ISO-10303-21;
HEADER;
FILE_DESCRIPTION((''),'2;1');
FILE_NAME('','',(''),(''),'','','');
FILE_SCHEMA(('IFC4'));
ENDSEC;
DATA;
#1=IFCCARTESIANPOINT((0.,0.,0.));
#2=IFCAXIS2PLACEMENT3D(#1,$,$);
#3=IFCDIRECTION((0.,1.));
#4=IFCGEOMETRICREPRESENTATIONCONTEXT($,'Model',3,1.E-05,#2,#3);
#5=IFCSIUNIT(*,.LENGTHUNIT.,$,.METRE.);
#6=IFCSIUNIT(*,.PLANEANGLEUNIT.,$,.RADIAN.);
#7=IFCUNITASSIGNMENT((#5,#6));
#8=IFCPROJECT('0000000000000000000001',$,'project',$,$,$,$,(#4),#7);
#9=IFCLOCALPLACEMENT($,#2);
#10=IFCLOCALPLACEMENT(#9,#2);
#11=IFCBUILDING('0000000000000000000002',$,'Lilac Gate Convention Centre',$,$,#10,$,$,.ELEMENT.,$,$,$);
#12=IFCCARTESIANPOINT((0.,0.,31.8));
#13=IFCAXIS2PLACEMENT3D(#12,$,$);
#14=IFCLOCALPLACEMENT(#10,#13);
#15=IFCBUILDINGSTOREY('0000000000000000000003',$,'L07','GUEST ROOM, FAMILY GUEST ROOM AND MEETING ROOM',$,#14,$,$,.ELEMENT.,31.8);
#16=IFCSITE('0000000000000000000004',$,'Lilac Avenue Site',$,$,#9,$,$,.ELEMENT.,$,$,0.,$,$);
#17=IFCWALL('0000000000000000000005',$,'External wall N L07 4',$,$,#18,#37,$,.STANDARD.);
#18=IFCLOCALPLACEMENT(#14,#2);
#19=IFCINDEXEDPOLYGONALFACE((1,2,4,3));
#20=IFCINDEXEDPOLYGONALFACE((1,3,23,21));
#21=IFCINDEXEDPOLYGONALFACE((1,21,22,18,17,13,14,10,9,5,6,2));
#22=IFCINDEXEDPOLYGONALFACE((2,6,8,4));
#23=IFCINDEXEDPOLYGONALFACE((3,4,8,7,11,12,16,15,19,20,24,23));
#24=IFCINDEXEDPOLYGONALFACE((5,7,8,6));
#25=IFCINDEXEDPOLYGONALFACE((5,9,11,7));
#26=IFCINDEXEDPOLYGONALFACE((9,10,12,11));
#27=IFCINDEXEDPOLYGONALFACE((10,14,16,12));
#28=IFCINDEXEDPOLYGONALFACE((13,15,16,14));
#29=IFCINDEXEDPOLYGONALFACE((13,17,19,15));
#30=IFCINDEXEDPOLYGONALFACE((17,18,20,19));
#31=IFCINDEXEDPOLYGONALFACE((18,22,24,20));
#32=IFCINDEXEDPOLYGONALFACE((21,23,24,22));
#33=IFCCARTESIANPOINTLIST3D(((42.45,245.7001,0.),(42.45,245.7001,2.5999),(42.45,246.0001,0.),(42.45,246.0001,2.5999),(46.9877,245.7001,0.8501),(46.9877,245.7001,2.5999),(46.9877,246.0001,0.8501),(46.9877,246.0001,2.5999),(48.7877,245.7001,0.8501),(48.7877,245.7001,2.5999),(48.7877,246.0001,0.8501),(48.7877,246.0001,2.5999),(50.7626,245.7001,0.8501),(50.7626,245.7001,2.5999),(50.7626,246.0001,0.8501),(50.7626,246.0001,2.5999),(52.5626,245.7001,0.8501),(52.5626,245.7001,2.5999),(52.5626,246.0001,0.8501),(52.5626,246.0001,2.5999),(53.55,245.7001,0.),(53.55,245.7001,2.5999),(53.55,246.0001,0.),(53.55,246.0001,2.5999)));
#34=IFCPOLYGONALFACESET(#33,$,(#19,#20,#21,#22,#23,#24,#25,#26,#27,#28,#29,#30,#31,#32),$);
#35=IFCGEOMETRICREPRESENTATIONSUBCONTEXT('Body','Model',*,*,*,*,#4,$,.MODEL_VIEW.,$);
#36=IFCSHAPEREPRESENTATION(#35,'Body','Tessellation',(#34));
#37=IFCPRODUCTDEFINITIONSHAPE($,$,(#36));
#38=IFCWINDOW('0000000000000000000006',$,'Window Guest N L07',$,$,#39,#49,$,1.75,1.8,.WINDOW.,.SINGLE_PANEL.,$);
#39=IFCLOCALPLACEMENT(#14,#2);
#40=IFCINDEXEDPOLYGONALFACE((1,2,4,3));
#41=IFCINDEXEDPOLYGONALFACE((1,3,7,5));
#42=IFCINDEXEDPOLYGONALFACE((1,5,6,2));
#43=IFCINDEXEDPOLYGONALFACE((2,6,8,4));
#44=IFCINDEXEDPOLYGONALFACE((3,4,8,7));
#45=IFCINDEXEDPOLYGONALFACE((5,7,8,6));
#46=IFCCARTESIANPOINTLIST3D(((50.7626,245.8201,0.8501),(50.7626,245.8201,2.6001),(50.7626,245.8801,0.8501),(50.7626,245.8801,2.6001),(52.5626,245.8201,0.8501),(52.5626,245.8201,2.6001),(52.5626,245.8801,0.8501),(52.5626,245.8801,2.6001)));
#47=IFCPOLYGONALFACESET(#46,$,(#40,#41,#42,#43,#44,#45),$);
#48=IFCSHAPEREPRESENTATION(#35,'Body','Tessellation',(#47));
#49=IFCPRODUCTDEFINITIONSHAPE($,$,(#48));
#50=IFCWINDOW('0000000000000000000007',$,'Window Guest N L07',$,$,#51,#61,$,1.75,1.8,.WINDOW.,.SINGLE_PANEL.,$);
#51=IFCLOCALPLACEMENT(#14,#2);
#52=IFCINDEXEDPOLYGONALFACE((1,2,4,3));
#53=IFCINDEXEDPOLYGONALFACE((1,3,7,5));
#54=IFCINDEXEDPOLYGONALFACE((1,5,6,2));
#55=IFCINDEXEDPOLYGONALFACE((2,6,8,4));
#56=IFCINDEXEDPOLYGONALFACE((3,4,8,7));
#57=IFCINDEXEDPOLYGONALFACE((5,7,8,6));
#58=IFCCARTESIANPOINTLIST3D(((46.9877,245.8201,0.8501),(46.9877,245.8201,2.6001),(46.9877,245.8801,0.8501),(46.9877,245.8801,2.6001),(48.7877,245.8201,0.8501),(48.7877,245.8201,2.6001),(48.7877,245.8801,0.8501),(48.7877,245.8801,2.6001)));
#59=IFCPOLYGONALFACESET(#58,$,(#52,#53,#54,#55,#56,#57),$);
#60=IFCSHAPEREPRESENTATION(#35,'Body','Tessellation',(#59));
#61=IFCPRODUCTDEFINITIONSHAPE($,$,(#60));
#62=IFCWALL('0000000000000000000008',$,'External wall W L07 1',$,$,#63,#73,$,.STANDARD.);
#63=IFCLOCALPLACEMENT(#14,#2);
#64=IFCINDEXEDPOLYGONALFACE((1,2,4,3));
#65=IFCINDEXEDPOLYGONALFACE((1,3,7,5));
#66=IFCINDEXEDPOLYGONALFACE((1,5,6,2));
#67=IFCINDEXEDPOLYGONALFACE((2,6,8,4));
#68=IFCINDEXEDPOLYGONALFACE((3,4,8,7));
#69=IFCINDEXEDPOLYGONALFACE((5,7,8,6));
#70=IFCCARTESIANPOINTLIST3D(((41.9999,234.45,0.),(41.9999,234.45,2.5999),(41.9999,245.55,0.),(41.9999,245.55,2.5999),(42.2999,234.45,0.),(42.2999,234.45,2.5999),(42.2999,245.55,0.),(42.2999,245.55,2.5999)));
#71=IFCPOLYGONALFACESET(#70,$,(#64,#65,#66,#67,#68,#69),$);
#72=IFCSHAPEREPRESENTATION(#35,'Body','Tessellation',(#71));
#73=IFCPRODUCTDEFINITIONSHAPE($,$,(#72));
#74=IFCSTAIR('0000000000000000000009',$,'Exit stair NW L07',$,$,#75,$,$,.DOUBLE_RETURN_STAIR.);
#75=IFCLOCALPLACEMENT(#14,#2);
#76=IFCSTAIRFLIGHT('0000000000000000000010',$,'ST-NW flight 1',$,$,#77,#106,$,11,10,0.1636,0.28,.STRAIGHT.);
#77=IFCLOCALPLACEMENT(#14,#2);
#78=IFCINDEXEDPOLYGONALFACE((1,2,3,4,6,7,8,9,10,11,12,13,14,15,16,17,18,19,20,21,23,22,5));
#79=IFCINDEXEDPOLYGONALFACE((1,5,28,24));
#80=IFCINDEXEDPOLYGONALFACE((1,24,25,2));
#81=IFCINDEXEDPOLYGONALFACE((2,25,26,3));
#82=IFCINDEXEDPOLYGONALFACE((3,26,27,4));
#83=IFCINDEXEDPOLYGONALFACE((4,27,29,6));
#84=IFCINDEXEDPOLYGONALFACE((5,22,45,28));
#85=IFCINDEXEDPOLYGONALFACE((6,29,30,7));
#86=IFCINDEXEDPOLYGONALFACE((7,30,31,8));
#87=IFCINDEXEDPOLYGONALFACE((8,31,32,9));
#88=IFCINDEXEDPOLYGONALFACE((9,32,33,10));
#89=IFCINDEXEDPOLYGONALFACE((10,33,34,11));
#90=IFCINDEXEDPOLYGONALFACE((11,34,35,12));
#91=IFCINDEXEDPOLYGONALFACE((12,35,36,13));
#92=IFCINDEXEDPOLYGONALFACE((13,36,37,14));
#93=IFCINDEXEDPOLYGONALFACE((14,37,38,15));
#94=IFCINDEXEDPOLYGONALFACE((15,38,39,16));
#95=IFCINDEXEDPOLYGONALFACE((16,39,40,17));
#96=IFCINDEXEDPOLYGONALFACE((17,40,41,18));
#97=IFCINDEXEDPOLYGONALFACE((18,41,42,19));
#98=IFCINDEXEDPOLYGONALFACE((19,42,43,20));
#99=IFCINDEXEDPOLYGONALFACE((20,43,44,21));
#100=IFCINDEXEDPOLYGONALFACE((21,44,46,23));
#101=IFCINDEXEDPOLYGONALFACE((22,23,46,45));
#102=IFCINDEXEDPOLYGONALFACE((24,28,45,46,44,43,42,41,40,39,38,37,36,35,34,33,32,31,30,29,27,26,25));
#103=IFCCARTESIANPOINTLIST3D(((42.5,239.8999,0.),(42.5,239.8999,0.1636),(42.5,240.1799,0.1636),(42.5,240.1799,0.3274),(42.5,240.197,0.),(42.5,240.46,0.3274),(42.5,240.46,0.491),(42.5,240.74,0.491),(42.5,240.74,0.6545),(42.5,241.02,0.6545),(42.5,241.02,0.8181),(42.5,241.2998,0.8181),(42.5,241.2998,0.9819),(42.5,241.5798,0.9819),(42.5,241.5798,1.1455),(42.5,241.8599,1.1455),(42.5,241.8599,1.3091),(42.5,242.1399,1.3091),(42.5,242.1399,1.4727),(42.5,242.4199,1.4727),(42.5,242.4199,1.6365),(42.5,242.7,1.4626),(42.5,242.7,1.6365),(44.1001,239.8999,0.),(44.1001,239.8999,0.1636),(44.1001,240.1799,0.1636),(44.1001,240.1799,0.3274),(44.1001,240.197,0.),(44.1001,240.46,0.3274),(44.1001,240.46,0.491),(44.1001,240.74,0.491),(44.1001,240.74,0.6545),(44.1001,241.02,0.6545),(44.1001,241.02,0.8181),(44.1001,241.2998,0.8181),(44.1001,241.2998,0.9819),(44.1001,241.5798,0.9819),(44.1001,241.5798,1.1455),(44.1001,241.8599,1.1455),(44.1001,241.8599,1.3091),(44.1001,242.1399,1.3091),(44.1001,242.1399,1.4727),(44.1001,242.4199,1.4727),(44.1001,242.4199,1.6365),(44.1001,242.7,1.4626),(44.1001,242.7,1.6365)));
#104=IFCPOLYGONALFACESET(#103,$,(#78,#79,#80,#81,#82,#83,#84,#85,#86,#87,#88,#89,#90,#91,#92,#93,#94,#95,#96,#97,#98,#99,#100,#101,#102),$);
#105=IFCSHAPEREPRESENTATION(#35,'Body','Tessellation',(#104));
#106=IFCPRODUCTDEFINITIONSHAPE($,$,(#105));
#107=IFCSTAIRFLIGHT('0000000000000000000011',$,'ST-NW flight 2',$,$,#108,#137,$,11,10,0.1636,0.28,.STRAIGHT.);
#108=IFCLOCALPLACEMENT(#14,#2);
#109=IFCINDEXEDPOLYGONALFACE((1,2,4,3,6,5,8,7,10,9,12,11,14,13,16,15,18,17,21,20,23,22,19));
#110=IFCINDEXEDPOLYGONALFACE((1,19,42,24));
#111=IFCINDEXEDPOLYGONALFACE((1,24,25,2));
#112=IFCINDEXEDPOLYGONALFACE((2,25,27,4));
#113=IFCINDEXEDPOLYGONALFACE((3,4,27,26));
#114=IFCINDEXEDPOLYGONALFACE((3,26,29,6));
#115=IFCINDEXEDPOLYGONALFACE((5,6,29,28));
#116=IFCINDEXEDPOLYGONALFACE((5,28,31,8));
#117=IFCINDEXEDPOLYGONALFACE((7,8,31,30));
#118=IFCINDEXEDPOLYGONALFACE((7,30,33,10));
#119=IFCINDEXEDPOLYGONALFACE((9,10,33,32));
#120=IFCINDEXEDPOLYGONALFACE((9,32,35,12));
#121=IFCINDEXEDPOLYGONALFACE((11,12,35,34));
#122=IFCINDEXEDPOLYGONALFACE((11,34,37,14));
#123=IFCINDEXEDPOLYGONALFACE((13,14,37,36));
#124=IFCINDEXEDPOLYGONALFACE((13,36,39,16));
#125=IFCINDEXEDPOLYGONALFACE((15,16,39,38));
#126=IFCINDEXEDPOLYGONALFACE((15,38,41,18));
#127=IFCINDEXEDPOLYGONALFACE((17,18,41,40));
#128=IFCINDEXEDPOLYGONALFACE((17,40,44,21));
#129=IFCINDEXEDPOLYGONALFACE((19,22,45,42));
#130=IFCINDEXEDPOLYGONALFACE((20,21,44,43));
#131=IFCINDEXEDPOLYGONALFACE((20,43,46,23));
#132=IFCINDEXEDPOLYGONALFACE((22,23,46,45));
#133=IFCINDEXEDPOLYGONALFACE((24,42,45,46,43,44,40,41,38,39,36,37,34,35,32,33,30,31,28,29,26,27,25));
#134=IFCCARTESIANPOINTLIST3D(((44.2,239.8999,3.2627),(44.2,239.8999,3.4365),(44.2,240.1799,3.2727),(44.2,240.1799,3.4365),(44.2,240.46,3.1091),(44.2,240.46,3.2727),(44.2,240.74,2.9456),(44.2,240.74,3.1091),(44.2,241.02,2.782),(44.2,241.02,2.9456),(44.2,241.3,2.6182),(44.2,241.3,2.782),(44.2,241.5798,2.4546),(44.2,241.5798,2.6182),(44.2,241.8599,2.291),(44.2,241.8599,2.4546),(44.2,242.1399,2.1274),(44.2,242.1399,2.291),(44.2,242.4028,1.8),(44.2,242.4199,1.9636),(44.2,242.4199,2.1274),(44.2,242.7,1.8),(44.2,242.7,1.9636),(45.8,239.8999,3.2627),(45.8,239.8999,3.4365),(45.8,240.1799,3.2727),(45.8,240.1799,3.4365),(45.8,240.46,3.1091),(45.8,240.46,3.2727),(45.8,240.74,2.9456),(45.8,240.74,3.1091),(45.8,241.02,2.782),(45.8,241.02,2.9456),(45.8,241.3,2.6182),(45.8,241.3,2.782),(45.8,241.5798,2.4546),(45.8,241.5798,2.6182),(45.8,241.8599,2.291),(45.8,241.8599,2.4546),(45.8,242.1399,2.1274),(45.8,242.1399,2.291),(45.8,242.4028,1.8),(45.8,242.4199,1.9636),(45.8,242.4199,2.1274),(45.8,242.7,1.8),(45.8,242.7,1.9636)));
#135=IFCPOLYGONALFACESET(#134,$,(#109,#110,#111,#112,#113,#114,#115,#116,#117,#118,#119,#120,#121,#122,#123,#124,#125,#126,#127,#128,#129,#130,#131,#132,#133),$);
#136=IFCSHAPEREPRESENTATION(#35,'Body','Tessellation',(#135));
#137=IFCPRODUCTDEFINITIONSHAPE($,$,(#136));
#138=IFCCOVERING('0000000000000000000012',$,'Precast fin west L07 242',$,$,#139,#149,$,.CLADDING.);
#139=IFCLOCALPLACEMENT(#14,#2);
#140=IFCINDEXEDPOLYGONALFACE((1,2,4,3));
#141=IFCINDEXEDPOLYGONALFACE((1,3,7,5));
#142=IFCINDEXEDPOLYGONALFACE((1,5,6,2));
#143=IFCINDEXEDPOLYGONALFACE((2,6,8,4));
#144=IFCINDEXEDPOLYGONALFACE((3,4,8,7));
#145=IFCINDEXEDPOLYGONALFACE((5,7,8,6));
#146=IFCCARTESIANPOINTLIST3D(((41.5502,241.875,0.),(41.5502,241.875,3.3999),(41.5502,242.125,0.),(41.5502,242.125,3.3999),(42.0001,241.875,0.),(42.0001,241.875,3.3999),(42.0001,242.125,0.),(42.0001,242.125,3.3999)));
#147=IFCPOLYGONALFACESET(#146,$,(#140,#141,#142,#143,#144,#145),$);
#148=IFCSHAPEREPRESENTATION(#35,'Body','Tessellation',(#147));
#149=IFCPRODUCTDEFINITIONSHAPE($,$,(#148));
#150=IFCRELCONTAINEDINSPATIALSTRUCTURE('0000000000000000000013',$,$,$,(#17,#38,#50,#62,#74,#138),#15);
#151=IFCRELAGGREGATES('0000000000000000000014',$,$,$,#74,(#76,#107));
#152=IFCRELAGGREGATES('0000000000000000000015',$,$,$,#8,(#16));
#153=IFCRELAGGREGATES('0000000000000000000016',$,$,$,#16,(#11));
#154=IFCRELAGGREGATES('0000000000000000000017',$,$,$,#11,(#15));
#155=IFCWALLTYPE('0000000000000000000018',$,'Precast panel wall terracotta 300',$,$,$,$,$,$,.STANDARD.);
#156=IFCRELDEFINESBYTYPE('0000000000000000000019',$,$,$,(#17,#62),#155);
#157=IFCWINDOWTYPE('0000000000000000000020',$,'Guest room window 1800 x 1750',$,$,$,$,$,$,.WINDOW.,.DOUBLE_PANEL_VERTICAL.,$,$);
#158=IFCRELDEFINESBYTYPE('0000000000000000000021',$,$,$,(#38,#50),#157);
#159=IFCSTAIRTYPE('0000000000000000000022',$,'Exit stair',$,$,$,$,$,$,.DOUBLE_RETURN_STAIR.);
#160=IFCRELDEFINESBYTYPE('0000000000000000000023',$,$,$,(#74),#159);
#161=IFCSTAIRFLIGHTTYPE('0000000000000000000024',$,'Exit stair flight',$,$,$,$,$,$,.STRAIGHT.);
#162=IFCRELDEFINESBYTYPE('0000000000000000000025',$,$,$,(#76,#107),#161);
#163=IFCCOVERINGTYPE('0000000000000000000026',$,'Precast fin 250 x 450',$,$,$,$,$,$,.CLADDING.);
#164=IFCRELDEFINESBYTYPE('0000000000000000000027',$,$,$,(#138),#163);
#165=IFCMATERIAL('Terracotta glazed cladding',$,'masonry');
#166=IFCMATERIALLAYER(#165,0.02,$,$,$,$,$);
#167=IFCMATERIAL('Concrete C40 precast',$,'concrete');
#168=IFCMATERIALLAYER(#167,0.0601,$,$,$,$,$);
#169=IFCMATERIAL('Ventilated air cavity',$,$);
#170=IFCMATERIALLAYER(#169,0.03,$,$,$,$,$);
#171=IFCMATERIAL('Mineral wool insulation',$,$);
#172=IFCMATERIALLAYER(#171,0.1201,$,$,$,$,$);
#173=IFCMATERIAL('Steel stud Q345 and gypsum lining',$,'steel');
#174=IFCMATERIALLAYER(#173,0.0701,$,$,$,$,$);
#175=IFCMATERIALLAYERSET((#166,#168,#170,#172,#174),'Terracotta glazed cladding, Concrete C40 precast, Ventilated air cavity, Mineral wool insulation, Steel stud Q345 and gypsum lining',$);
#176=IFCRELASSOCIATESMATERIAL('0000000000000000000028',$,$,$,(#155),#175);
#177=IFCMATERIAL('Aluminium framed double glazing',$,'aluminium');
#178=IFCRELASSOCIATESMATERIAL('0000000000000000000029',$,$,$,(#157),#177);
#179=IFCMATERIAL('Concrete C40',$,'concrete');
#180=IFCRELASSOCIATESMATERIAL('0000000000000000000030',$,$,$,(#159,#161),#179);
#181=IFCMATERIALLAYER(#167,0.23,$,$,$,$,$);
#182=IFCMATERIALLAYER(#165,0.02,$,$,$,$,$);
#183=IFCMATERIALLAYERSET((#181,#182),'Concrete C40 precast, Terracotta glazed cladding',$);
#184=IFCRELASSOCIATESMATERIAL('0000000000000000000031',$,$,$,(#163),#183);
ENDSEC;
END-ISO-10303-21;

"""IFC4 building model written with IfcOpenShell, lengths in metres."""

from ifc_helpers import new_model, si_unit, direction, frame, frame_2d, origin, place, context, subcontext, project, spatial, polyline, rectangle, outline, extrude, material, layer, layer_set, type_object, element, fill, aggregate, save


model = new_model("IFC4")

# Units and contexts
model_context = context("Model", 3, precision=1e-05, world=origin(), true_north=direction((0.0, 1.0)))
body_context = subcontext(model_context, "Body", "Model", "MODEL_VIEW")
ifc_project = project(units=[si_unit("LENGTHUNIT", "METRE"), si_unit("PLANEANGLEUNIT", "RADIAN")], contexts=[model_context])

# Site, building, storey
site_placement = place(None, origin())
site = spatial("IfcSite", under=ifc_project, at=site_placement, Name="Lilac Avenue Site", CompositionType="ELEMENT", RefElevation=0.0)
building_placement = place(site_placement, origin())
building = spatial("IfcBuilding", under=site, at=building_placement, Name="Lilac Gate Convention Centre", CompositionType="ELEMENT")
storey_placement = place(building_placement, frame((0.0, 0.0, 31.8)))
storey = spatial("IfcBuildingStorey", under=building, at=storey_placement, Name="L07", Description="GUEST ROOM, FAMILY GUEST ROOM AND MEETING ROOM", CompositionType="ELEMENT", Elevation=31.8)

# Shared definitions
ifc_material_1 = material(Name="Concrete C40", Category="concrete")

# Shared definitions
ifc_material_2 = material(Name="Concrete C40 precast", Category="concrete")
ifc_material_3 = material(Name="Terracotta glazed cladding", Category="masonry")

# Wall, openings, windows
ifc_layer_1 = layer(ifc_material_3, 0.02)
ifc_layer_2 = layer(ifc_material_2, 0.0601)
ifc_material_4 = material(Name="Ventilated air cavity")
ifc_layer_3 = layer(ifc_material_4, 0.03)
ifc_material_5 = material(Name="Mineral wool insulation")
ifc_layer_4 = layer(ifc_material_5, 0.1201)
ifc_material_6 = material(Name="Steel stud Q345 and gypsum lining", Category="steel")
ifc_layer_5 = layer(ifc_material_6, 0.0701)
ifc_layer_set_1 = layer_set([ifc_layer_1, ifc_layer_2, ifc_layer_3, ifc_layer_4, ifc_layer_5], Name="Terracotta glazed cladding, Concrete C40 precast, Ventilated air cavity, Mineral wool insulation, Steel stud Q345 and gypsum lining")
wall_type_1 = type_object("IfcWallType", Name="Precast panel wall terracotta 300", PredefinedType="STANDARD", material=ifc_layer_set_1)
wall_1_placement = place(storey_placement, frame((53.55, 245.8501, 0.0), z_axis=(0.0, 0.0, 1.0), x_axis=(-1.0, 0.0, 0.0)))
wall_1 = element("IfcWall", 1, at=wall_1_placement, inside=storey, type_object=wall_type_1, Name="External wall N L07 4", PredefinedType="STANDARD", context=body_context, shape_type="SweptSolid", body=[
    extrude(rectangle(XDim=11.1001, YDim=0.3, at=frame_2d((5.55, 0.0))), origin(), (0.0, 0.0, 1.0), 2.5999),
])
opening_1_placement = place(wall_1_placement, frame((0.9875, 0.0, 0.8501)))
opening_1 = element("IfcOpeningElement", 2, at=opening_1_placement, cuts=wall_1, PredefinedType="OPENING", context=body_context, shape_type="SweptSolid", body=[
    extrude(rectangle(XDim=1.8, YDim=1.75, at=frame_2d((0.8999, 0.875))), frame((0.0, 0.1599, 0.0), z_axis=(0.0, -1.0, 0.0), x_axis=(1.0, 0.0, 0.0)), (0.0, 0.0, 1.0), 0.3201),
])
opening_2_placement = place(wall_1_placement, frame((4.7625, 0.0, 0.8501)))
opening_2 = element("IfcOpeningElement", 3, at=opening_2_placement, cuts=wall_1, PredefinedType="OPENING", context=body_context, shape_type="SweptSolid", body=[
    extrude(rectangle(XDim=1.8, YDim=1.75, at=frame_2d((0.8999, 0.875))), frame((0.0, 0.1599, 0.0), z_axis=(0.0, -1.0, 0.0), x_axis=(1.0, 0.0, 0.0)), (0.0, 0.0, 1.0), 0.3201),
])
ifc_material_7 = material(Name="Aluminium framed double glazing", Category="aluminium")
window_type = type_object("IfcWindowType", Name="Guest room window 1800 x 1750", PartitioningType="DOUBLE_PANEL_VERTICAL", PredefinedType="WINDOW", material=ifc_material_7)
window_1_placement = place(opening_1_placement, origin())
window_1 = element("IfcWindow", 4, at=window_1_placement, inside=storey, type_object=window_type, Name="Window Guest N L07", OverallHeight=1.75, OverallWidth=1.8, PartitioningType="SINGLE_PANEL", PredefinedType="WINDOW", context=body_context, shape_type="SweptSolid", body=[
    extrude(rectangle(XDim=1.8, YDim=1.75, at=frame_2d((0.8999, 0.875))), frame((0.0, 0.03, 0.0), z_axis=(0.0, -1.0, 0.0), x_axis=(1.0, 0.0, 0.0)), (0.0, 0.0, 1.0), 0.0601),
])
fill(opening_1, window_1)
window_2_placement = place(opening_2_placement, origin())
window_2 = element("IfcWindow", 5, at=window_2_placement, inside=storey, type_object=window_type, Name="Window Guest N L07", OverallHeight=1.75, OverallWidth=1.8, PartitioningType="SINGLE_PANEL", PredefinedType="WINDOW", context=body_context, shape_type="SweptSolid", body=[
    extrude(rectangle(XDim=1.8, YDim=1.75, at=frame_2d((0.8999, 0.875))), frame((0.0, 0.03, 0.0), z_axis=(0.0, -1.0, 0.0), x_axis=(1.0, 0.0, 0.0)), (0.0, 0.0, 1.0), 0.0601),
])
fill(opening_2, window_2)

# Wall
wall_2_placement = place(storey_placement, frame((42.1499, 245.55, 0.0), z_axis=(0.0, 0.0, 1.0), x_axis=(0.0, -1.0, 0.0)))
element("IfcWall", 6, at=wall_2_placement, inside=storey, type_object=wall_type_1, Name="External wall W L07 1", PredefinedType="STANDARD", context=body_context, shape_type="SweptSolid", body=[
    extrude(rectangle(XDim=11.1001, YDim=0.3, at=frame_2d((5.55, 0.0))), origin(), (0.0, 0.0, 1.0), 2.5999),
])

# Stair, stair flights
stair_type = type_object("IfcStairType", Name="Exit stair", PredefinedType="DOUBLE_RETURN_STAIR", material=ifc_material_1)
stair_placement = place(storey_placement, origin())
stair = element("IfcStair", 7, at=stair_placement, inside=storey, type_object=stair_type, Name="Exit stair NW L07", PredefinedType="DOUBLE_RETURN_STAIR")
stair_flight_type = type_object("IfcStairFlightType", Name="Exit stair flight", PredefinedType="STRAIGHT", material=ifc_material_1)
stair_flight_1_placement = place(storey_placement, frame((43.3, 239.8999, 0.0), z_axis=(0.0, 0.0, 1.0), x_axis=(0.0, 1.0, 0.0)))
stair_flight_1 = element("IfcStairFlight", 8, at=stair_flight_1_placement, type_object=stair_flight_type, Name="ST-NW flight 1", NumberOfRisers=11, NumberOfTreads=10, PredefinedType="STRAIGHT", RiserHeight=0.1636, TreadLength=0.28, context=body_context, shape_type="SweptSolid", body=[
    extrude(outline(polyline([(0.0, 0.0), (0.0, 0.1636), (0.28, 0.1636), (0.28, 0.3274), (0.5601, 0.3274), (0.5601, 0.491), (0.8401, 0.491), (0.8401, 0.6545), (1.1201, 0.6545), (1.1201, 0.8181), (1.3999, 0.8181), (1.3999, 0.9819), (1.6799, 0.9819), (1.6799, 1.1455), (1.96, 1.1455), (1.96, 1.3091), (2.24, 1.3091), (2.24, 1.4727), (2.52, 1.4727), (2.52, 1.6365), (2.8, 1.6365), (2.8, 1.8), (2.8, 1.4626), (0.2971, 0.0), (0.0, 0.0)])), frame((0.0, 0.8, 0.0), z_axis=(0.0, -1.0, 0.0), x_axis=(1.0, 0.0, 0.0)), (0.0, 0.0, 1.0), 1.6001),
])
stair_flight_2_placement = place(storey_placement, frame((45.0, 242.7, 1.8), z_axis=(0.0, 0.0, 1.0), x_axis=(0.0, -1.0, 0.0)))
stair_flight_2 = element("IfcStairFlight", 9, at=stair_flight_2_placement, type_object=stair_flight_type, Name="ST-NW flight 2", NumberOfRisers=11, NumberOfTreads=10, PredefinedType="STRAIGHT", RiserHeight=0.1636, TreadLength=0.28, context=body_context, shape_type="SweptSolid", body=[
    extrude(outline(polyline([(0.0, 0.0), (0.0, 0.1636), (0.28, 0.1636), (0.28, 0.3274), (0.5601, 0.3274), (0.5601, 0.491), (0.8401, 0.491), (0.8401, 0.6545), (1.1201, 0.6545), (1.1201, 0.8181), (1.3999, 0.8181), (1.3999, 0.9819), (1.6799, 0.9819), (1.6799, 1.1455), (1.96, 1.1455), (1.96, 1.3091), (2.24, 1.3091), (2.24, 1.4727), (2.52, 1.4727), (2.52, 1.6365), (2.8, 1.6365), (2.8, 1.8), (2.8, 1.4626), (0.2971, 0.0), (0.0, 0.0)])), frame((0.0, 0.8, 0.0), z_axis=(0.0, -1.0, 0.0), x_axis=(1.0, 0.0, 0.0)), (0.0, 0.0, 1.0), 1.6001),
])
aggregate(stair, [stair_flight_1, stair_flight_2])

# Covering
ifc_layer_6 = layer(ifc_material_2, 0.23)
ifc_layer_7 = layer(ifc_material_3, 0.02)
ifc_layer_set_2 = layer_set([ifc_layer_6, ifc_layer_7], Name="Concrete C40 precast, Terracotta glazed cladding")
covering_type = type_object("IfcCoveringType", Name="Precast fin 250 x 450", PredefinedType="CLADDING", material=ifc_layer_set_2)
covering_placement = place(storey_placement, frame((41.55, 242.0, 0.0), z_axis=(0.0, 0.0, 1.0), x_axis=(1.0, 0.0, 0.0)))
element("IfcCovering", 10, at=covering_placement, inside=storey, type_object=covering_type, Name="Precast fin west L07 242", PredefinedType="CLADDING", context=body_context, shape_type="SweptSolid", body=[
    extrude(rectangle(XDim=0.45, YDim=0.25, at=frame_2d((0.2251, 0.0))), origin(), (0.0, 0.0, 1.0), 3.3999),
])

save(model, "model.ifc")
